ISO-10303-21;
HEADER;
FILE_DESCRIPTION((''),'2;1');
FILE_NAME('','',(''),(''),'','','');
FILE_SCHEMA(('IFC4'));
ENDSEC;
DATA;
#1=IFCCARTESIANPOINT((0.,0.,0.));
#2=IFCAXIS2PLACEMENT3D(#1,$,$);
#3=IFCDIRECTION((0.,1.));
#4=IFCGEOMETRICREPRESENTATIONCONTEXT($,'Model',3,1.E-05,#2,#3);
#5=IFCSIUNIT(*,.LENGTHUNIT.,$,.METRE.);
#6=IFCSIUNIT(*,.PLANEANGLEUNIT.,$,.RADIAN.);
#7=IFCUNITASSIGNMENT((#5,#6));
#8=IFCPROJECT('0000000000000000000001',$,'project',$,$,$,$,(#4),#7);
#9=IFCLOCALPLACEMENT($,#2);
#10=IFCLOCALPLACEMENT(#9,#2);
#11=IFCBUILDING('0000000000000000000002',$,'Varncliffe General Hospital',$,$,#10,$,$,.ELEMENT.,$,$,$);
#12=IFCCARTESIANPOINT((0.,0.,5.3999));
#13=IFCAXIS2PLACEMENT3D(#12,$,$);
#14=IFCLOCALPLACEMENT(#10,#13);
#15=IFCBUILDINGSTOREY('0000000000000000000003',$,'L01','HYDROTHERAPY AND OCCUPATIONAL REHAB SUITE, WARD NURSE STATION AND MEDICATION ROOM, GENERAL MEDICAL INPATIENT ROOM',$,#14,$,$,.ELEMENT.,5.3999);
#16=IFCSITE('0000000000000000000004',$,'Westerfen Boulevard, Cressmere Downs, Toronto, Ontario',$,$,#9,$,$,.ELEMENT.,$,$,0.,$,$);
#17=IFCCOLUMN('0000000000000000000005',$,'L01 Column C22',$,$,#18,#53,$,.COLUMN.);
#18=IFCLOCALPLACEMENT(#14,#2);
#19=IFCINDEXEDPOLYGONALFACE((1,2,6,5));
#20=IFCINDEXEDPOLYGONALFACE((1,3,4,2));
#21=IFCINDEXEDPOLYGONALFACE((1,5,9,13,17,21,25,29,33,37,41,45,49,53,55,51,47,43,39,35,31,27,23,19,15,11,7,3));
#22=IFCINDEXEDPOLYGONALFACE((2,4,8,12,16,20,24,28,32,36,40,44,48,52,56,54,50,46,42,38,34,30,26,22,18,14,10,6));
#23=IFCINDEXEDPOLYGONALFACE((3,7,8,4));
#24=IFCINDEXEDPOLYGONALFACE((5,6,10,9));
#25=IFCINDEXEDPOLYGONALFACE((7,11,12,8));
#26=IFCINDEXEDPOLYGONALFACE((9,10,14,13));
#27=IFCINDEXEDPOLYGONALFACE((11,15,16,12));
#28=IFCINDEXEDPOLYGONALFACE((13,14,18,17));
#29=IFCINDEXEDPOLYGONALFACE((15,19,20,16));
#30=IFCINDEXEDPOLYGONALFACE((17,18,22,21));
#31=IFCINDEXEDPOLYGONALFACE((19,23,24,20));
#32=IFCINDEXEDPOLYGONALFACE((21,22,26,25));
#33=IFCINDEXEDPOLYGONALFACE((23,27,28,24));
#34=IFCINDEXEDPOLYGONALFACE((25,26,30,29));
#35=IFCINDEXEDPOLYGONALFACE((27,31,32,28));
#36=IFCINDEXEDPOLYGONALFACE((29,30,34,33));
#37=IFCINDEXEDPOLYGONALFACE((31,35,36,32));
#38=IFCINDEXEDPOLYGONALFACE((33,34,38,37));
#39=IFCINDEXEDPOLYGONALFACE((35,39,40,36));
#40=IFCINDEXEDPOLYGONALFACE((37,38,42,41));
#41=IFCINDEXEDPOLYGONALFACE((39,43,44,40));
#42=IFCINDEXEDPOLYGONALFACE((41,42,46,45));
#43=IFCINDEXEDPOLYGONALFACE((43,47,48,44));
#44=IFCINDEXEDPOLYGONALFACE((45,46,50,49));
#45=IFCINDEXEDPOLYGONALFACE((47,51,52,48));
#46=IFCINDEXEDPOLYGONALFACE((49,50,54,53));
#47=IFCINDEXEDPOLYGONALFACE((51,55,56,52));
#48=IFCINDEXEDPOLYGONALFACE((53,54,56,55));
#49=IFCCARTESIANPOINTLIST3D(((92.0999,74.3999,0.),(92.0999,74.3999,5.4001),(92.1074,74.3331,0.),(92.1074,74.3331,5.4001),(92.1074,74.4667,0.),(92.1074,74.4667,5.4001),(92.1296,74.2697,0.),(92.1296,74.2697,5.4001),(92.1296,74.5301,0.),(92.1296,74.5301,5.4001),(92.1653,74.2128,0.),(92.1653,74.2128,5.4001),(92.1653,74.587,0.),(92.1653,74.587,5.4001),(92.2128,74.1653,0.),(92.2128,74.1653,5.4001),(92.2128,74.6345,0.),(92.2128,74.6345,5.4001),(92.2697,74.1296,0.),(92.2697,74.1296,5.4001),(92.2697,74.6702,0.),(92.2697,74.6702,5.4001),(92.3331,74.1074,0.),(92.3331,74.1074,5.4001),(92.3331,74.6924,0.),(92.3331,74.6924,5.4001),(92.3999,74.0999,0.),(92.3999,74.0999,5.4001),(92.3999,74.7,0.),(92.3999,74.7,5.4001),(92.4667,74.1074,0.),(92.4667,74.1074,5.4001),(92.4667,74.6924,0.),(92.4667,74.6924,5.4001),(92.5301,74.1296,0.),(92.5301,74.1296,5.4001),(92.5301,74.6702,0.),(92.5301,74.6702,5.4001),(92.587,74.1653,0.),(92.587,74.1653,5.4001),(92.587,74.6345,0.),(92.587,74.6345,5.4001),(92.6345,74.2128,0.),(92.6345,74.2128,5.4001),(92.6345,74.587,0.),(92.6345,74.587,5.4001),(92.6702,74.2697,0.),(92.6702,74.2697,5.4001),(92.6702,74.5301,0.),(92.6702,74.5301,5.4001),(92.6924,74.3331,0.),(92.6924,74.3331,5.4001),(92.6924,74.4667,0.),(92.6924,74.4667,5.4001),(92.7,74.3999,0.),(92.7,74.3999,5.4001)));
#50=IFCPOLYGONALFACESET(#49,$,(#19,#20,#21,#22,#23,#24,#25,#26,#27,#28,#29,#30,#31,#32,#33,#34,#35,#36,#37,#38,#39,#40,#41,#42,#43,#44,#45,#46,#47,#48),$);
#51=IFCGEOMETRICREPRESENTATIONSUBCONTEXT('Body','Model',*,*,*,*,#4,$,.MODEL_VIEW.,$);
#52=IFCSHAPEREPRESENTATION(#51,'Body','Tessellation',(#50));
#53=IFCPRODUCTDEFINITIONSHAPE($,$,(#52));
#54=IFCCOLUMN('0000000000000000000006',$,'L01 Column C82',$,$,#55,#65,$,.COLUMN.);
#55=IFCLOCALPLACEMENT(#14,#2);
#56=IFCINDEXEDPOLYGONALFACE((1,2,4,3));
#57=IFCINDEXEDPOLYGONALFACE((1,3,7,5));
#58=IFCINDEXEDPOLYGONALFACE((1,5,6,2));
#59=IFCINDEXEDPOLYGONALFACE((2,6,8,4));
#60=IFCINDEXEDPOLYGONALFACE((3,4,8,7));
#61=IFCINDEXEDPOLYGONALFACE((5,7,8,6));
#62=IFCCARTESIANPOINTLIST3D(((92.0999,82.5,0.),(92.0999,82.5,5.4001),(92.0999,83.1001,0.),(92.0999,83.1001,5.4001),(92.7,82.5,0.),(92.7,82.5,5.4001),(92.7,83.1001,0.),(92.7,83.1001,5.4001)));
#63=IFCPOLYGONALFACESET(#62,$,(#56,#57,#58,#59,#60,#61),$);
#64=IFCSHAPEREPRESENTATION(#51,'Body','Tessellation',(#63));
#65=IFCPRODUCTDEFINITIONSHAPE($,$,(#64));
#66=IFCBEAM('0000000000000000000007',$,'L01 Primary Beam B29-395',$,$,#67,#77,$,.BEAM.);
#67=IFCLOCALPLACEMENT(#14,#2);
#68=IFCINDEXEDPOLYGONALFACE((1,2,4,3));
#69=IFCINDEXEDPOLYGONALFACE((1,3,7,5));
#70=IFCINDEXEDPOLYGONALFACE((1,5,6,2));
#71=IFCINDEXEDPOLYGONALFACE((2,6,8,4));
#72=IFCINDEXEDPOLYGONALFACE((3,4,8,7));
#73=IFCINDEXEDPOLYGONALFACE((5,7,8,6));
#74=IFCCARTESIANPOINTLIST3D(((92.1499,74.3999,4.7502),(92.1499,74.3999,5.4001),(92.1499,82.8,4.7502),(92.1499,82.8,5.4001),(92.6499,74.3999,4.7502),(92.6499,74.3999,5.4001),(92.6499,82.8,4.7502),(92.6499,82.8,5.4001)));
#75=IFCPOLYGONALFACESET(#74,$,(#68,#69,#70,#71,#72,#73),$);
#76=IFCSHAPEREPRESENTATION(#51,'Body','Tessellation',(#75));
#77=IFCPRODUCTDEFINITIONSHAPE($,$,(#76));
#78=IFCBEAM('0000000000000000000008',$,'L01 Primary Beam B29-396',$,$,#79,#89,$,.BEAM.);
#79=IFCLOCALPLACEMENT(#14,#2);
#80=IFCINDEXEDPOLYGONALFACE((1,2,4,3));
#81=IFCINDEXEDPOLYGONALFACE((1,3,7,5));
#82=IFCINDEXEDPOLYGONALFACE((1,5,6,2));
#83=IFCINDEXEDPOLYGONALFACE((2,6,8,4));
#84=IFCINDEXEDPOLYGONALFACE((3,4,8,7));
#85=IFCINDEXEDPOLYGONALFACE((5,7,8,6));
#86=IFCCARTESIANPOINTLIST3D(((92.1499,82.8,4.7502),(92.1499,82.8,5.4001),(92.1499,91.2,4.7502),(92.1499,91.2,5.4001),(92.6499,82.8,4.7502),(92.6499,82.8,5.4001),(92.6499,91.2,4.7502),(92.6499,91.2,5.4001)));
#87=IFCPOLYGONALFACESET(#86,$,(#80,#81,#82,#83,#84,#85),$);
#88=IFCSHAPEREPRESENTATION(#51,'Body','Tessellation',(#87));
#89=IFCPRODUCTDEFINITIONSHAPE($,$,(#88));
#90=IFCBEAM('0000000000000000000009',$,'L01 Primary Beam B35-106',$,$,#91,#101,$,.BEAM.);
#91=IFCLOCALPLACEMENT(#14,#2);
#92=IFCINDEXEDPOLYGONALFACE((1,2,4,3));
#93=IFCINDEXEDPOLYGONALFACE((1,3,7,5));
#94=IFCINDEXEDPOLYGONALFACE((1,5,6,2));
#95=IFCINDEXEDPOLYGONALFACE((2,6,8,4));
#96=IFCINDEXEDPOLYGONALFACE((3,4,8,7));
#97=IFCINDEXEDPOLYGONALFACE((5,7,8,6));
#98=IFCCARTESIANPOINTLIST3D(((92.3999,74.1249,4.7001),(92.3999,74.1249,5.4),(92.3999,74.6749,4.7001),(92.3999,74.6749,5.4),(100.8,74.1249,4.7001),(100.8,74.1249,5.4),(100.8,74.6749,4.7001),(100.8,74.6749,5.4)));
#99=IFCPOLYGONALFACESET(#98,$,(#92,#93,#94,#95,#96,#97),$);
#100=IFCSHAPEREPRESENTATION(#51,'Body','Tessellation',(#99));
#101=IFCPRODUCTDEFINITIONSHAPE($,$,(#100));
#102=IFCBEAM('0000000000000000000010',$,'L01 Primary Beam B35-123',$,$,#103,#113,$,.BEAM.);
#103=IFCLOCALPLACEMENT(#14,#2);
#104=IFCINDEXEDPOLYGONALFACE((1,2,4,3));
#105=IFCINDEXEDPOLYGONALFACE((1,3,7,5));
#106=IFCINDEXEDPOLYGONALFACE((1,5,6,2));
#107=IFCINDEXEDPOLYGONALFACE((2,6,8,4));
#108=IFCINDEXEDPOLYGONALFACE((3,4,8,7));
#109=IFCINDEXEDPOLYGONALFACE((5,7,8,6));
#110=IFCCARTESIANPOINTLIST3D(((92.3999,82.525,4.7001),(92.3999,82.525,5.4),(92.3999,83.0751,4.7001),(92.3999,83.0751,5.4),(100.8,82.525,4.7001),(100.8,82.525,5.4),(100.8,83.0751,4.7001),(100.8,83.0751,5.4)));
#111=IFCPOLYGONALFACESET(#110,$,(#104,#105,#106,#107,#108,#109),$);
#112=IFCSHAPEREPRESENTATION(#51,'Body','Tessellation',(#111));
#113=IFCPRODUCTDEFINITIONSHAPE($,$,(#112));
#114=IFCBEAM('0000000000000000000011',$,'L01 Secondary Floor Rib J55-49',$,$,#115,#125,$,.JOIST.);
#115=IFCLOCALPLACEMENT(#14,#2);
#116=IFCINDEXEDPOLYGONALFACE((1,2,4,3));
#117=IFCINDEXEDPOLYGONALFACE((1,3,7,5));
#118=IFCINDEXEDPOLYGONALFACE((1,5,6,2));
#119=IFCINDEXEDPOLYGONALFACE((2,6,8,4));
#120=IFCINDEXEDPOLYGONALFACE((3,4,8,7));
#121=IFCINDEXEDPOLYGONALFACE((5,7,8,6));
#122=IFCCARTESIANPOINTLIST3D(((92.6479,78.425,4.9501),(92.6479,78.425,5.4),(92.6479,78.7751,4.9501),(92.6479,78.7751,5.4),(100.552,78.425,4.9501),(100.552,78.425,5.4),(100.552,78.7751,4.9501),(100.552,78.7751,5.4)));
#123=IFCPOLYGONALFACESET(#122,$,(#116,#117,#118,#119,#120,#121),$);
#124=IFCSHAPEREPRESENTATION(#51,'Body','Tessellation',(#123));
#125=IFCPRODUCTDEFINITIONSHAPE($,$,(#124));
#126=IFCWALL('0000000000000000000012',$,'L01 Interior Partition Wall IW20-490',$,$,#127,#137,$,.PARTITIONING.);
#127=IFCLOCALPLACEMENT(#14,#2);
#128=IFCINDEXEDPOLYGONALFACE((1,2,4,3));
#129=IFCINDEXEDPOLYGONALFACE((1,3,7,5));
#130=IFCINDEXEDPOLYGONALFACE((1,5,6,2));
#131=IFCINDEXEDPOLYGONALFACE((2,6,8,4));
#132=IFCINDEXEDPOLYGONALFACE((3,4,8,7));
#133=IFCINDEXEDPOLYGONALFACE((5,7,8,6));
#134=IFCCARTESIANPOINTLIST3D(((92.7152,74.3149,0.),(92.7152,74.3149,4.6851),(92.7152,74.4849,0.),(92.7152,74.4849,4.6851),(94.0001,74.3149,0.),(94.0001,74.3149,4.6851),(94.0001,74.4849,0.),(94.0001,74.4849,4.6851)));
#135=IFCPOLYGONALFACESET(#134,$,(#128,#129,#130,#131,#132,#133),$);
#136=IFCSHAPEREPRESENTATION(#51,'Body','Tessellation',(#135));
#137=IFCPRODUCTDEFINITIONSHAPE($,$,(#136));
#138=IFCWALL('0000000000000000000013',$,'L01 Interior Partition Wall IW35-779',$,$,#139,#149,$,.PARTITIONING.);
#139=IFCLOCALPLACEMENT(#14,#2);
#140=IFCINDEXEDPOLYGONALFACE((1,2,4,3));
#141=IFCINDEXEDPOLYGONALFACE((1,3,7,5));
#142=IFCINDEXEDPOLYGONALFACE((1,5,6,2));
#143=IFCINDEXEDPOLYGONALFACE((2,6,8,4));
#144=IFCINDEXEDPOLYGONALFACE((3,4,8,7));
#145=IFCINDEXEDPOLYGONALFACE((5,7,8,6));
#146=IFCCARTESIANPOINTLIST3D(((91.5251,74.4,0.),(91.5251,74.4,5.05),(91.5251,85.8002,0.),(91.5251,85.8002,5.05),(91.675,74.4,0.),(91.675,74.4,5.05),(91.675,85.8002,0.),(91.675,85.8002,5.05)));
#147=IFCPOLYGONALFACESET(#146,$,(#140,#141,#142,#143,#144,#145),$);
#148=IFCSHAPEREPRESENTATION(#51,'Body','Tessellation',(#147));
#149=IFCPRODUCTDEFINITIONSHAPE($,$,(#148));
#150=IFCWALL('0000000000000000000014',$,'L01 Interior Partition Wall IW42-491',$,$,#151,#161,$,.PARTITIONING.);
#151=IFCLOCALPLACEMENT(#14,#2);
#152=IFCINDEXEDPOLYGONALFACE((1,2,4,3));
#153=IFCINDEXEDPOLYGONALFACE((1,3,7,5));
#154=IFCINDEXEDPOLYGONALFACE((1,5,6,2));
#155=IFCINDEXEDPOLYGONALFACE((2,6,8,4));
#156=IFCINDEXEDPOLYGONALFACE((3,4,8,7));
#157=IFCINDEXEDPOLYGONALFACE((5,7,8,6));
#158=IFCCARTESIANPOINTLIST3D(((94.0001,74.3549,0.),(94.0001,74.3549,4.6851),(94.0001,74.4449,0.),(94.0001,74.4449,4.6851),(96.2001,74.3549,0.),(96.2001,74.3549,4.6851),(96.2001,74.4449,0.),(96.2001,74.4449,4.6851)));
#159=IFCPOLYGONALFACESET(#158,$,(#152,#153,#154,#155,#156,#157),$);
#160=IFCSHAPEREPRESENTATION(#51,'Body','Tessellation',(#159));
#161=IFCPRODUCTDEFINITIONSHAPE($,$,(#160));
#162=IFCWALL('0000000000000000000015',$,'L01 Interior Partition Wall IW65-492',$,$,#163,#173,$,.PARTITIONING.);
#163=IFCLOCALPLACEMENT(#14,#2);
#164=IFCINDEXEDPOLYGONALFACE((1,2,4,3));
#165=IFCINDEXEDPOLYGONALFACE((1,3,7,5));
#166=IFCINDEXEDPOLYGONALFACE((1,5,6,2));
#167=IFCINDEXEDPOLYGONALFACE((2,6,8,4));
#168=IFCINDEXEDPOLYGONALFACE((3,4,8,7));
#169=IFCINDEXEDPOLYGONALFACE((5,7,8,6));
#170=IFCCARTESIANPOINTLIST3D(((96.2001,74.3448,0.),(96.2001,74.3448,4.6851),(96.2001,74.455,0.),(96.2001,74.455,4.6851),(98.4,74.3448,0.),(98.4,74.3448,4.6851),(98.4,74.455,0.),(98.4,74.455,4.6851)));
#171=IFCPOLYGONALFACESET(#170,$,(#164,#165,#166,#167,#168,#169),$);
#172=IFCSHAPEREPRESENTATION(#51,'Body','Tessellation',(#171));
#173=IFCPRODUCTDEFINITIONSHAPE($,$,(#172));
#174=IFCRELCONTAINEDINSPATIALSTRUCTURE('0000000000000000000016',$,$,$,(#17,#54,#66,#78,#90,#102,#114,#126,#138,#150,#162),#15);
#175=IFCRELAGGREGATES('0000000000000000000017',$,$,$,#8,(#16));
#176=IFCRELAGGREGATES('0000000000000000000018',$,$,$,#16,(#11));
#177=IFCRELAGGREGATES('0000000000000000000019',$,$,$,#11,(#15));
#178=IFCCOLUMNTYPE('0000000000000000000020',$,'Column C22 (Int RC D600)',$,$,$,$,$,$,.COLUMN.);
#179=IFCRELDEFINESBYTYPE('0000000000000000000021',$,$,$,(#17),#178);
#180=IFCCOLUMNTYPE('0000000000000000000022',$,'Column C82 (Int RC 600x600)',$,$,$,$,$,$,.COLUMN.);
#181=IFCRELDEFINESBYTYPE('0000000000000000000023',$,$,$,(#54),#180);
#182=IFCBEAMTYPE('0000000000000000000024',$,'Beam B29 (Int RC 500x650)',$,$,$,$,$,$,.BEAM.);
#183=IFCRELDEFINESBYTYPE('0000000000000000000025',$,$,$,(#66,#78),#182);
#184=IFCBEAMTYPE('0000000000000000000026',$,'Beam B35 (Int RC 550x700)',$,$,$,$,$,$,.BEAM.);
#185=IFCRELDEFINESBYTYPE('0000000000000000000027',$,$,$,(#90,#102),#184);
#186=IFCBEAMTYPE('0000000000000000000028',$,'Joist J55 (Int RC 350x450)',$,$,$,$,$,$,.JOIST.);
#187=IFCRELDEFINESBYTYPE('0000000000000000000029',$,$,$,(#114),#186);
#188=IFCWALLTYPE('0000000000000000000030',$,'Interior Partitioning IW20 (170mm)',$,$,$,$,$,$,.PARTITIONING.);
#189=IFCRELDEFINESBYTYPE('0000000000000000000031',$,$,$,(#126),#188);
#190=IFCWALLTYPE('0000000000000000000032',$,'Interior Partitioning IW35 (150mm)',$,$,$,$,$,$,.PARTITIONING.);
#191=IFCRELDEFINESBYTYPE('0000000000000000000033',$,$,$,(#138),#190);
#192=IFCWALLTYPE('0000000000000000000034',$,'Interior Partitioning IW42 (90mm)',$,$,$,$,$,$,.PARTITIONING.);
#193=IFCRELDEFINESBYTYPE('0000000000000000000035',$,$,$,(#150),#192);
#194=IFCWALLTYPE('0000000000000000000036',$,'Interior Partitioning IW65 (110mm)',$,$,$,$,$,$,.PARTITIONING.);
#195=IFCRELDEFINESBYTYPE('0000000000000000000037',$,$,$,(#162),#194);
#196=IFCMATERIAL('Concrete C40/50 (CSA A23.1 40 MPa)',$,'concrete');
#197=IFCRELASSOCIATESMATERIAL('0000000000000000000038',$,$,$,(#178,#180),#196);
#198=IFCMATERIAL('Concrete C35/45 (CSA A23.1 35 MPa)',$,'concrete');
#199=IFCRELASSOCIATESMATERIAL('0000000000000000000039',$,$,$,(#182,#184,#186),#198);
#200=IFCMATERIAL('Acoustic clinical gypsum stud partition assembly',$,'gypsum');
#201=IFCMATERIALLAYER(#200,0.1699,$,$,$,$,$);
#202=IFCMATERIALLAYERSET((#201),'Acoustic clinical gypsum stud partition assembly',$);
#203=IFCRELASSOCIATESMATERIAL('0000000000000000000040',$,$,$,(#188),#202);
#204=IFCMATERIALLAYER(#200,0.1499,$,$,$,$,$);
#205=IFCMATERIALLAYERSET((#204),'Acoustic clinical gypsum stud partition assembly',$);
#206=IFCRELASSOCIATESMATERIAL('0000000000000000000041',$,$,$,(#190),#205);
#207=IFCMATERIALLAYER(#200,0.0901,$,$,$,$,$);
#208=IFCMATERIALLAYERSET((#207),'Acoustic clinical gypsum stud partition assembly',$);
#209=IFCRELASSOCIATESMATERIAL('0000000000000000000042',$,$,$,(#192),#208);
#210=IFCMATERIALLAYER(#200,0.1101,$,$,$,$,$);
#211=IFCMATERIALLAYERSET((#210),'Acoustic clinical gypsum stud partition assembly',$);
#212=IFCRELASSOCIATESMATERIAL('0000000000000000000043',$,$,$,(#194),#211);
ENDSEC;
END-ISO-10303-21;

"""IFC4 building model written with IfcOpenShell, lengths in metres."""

from ifc_helpers import new_model, si_unit, direction, frame, frame_2d, origin, origin_2d, place, context, subcontext, project, spatial, rectangle, circle, extrude, material, layer, layer_set, material_profile, profile_set, type_object, element, save


model = new_model("IFC4")

# Units and contexts
model_context = context("Model", 3, precision=1e-05, world=origin(), true_north=direction((0.0, 1.0)))
body_context = subcontext(model_context, "Body", "Model", "MODEL_VIEW")
ifc_project = project(units=[si_unit("LENGTHUNIT", "METRE"), si_unit("PLANEANGLEUNIT", "RADIAN")], contexts=[model_context])

# Site, building, storey
site_placement = place(None, origin())
site = spatial("IfcSite", under=ifc_project, at=site_placement, Name="Westerfen Boulevard, Cressmere Downs, Toronto, Ontario", CompositionType="ELEMENT", RefElevation=0.0)
building_placement = place(site_placement, origin())
building = spatial("IfcBuilding", under=site, at=building_placement, Name="Varncliffe General Hospital", CompositionType="ELEMENT")
storey_placement = place(building_placement, frame((0.0, 0.0, 5.3999)))
storey = spatial("IfcBuildingStorey", under=building, at=storey_placement, Name="L01", Description="HYDROTHERAPY AND OCCUPATIONAL REHAB SUITE, WARD NURSE STATION AND MEDICATION ROOM, GENERAL MEDICAL INPATIENT ROOM", CompositionType="ELEMENT", Elevation=5.3999)

# Columns
ifc_material_1 = material(Name="Concrete C40/50 (CSA A23.1 40 MPa)", Category="concrete")
ifc_material_profile_1 = material_profile(ifc_material_1, circle(Radius=0.3, at=origin_2d()), Name="RC D600")
ifc_profile_set_1 = profile_set([ifc_material_profile_1], Name="Concrete C40/50 (CSA A23.1 40 MPa)")
column_type_1 = type_object("IfcColumnType", Name="Column C22 (Int RC D600)", PredefinedType="COLUMN", material=ifc_profile_set_1)
column_1_placement = place(storey_placement, frame((92.3999, 74.3999, 0.0), z_axis=(0.0, 0.0, 1.0), x_axis=(1.0, 0.0, 0.0)))
element("IfcColumn", 1, at=column_1_placement, inside=storey, type_object=column_type_1, Name="L01 Column C22", PredefinedType="COLUMN", context=body_context, shape_type="SweptSolid", body=[
    extrude(circle(Radius=0.3, at=origin_2d()), origin(), (0.0, 0.0, 1.0), 5.4001),
])
ifc_material_profile_2 = material_profile(ifc_material_1, rectangle(XDim=0.6001, YDim=0.6001, at=origin_2d()), Name="RC 600x600")
ifc_profile_set_2 = profile_set([ifc_material_profile_2], Name="Concrete C40/50 (CSA A23.1 40 MPa)")
column_type_2 = type_object("IfcColumnType", Name="Column C82 (Int RC 600x600)", PredefinedType="COLUMN", material=ifc_profile_set_2)
column_2_placement = place(storey_placement, frame((92.3999, 82.8, 0.0), z_axis=(0.0, 0.0, 1.0), x_axis=(1.0, 0.0, 0.0)))
element("IfcColumn", 2, at=column_2_placement, inside=storey, type_object=column_type_2, Name="L01 Column C82", PredefinedType="COLUMN", context=body_context, shape_type="SweptSolid", body=[
    extrude(rectangle(XDim=0.6001, YDim=0.6001, at=origin_2d()), origin(), (0.0, 0.0, 1.0), 5.4001),
])

# Beams
ifc_material_2 = material(Name="Concrete C35/45 (CSA A23.1 35 MPa)", Category="concrete")
ifc_material_profile_3 = material_profile(ifc_material_2, rectangle(XDim=0.5, YDim=0.6499, at=origin_2d()), Name="RC 500x650")
ifc_profile_set_3 = profile_set([ifc_material_profile_3], Name="Concrete C35/45 (CSA A23.1 35 MPa)")
beam_type_1 = type_object("IfcBeamType", Name="Beam B29 (Int RC 500x650)", PredefinedType="BEAM", material=ifc_profile_set_3)
beam_1_placement = place(storey_placement, frame((92.3999, 74.3999, 5.0752), z_axis=(0.0, 1.0, 0.0), x_axis=(-1.0, 0.0, 0.0)))
element("IfcBeam", 3, at=beam_1_placement, inside=storey, type_object=beam_type_1, Name="L01 Primary Beam B29-395", PredefinedType="BEAM", context=body_context, shape_type="SweptSolid", body=[
    extrude(rectangle(XDim=0.5, YDim=0.6499, at=origin_2d()), origin(), (0.0, 0.0, 1.0), 8.4001),
])
beam_2_placement = place(storey_placement, frame((92.3999, 82.8, 5.0752), z_axis=(0.0, 1.0, 0.0), x_axis=(-1.0, 0.0, 0.0)))
element("IfcBeam", 4, at=beam_2_placement, inside=storey, type_object=beam_type_1, Name="L01 Primary Beam B29-396", PredefinedType="BEAM", context=body_context, shape_type="SweptSolid", body=[
    extrude(rectangle(XDim=0.5, YDim=0.6499, at=origin_2d()), origin(), (0.0, 0.0, 1.0), 8.3999),
])
ifc_material_profile_4 = material_profile(ifc_material_2, rectangle(XDim=0.55, YDim=0.7, at=origin_2d()), Name="RC 550x700")
ifc_profile_set_4 = profile_set([ifc_material_profile_4], Name="Concrete C35/45 (CSA A23.1 35 MPa)")
beam_type_2 = type_object("IfcBeamType", Name="Beam B35 (Int RC 550x700)", PredefinedType="BEAM", material=ifc_profile_set_4)
for number, where, z_axis, x_axis, name in (
    (5, (92.3999, 74.3999, 5.05), (1.0, 0.0, 0.0), (0.0, 1.0, 0.0), "L01 Primary Beam B35-106"),
    (6, (92.3999, 82.8, 5.05), (1.0, 0.0, 0.0), (0.0, 1.0, 0.0), "L01 Primary Beam B35-123"),
):
    element("IfcBeam", number, at=place(storey_placement, frame(where, z_axis=z_axis, x_axis=x_axis)), inside=storey, type_object=beam_type_2, Name=name, PredefinedType="BEAM", context=body_context, shape_type="SweptSolid", body=[
        extrude(rectangle(XDim=0.55, YDim=0.7, at=origin_2d()), origin(), (0.0, 0.0, 1.0), 8.4001),
    ])
ifc_material_profile_5 = material_profile(ifc_material_2, rectangle(XDim=0.3501, YDim=0.45, at=origin_2d()), Name="RC 350x450")
ifc_profile_set_5 = profile_set([ifc_material_profile_5], Name="Concrete C35/45 (CSA A23.1 35 MPa)")
beam_type_3 = type_object("IfcBeamType", Name="Joist J55 (Int RC 350x450)", PredefinedType="JOIST", material=ifc_profile_set_5)
beam_3_placement = place(storey_placement, frame((92.6479, 78.6001, 5.175), z_axis=(1.0, 0.0, 0.0), x_axis=(0.0, 1.0, 0.0)))
element("IfcBeam", 7, at=beam_3_placement, inside=storey, type_object=beam_type_3, Name="L01 Secondary Floor Rib J55-49", PredefinedType="JOIST", context=body_context, shape_type="SweptSolid", body=[
    extrude(rectangle(XDim=0.3501, YDim=0.45, at=origin_2d()), origin(), (0.0, 0.0, 1.0), 7.9041),
])

# Walls
ifc_material_3 = material(Name="Acoustic clinical gypsum stud partition assembly", Category="gypsum")
ifc_layer_1 = layer(ifc_material_3, 0.1699)
ifc_layer_set_1 = layer_set([ifc_layer_1], Name="Acoustic clinical gypsum stud partition assembly")
wall_type_1 = type_object("IfcWallType", Name="Interior Partitioning IW20 (170mm)", PredefinedType="PARTITIONING", material=ifc_layer_set_1)
wall_1_placement = place(storey_placement, frame((92.7151, 74.3999, 0.0), z_axis=(0.0, 0.0, 1.0), x_axis=(1.0, 0.0, 0.0)))
element("IfcWall", 8, at=wall_1_placement, inside=storey, type_object=wall_type_1, Name="L01 Interior Partition Wall IW20-490", PredefinedType="PARTITIONING", context=body_context, shape_type="SweptSolid", body=[
    extrude(rectangle(XDim=1.2849, YDim=0.1699, at=frame_2d((0.6426, 0.0))), origin(), (0.0, 0.0, 1.0), 4.6851),
])
ifc_layer_2 = layer(ifc_material_3, 0.1499)
ifc_layer_set_2 = layer_set([ifc_layer_2], Name="Acoustic clinical gypsum stud partition assembly")
wall_type_2 = type_object("IfcWallType", Name="Interior Partitioning IW35 (150mm)", PredefinedType="PARTITIONING", material=ifc_layer_set_2)
wall_2_placement = place(storey_placement, frame((91.6001, 74.3999, 0.0), z_axis=(0.0, 0.0, 1.0), x_axis=(0.0, 1.0, 0.0)))
element("IfcWall", 9, at=wall_2_placement, inside=storey, type_object=wall_type_2, Name="L01 Interior Partition Wall IW35-779", PredefinedType="PARTITIONING", context=body_context, shape_type="SweptSolid", body=[
    extrude(rectangle(XDim=11.4001, YDim=0.1499, at=frame_2d((5.7002, 0.0))), origin(), (0.0, 0.0, 1.0), 5.05),
])
ifc_layer_3 = layer(ifc_material_3, 0.0901)
ifc_layer_set_3 = layer_set([ifc_layer_3], Name="Acoustic clinical gypsum stud partition assembly")
wall_type_3 = type_object("IfcWallType", Name="Interior Partitioning IW42 (90mm)", PredefinedType="PARTITIONING", material=ifc_layer_set_3)
wall_3_placement = place(storey_placement, frame((94.0, 74.3999, 0.0), z_axis=(0.0, 0.0, 1.0), x_axis=(1.0, 0.0, 0.0)))
element("IfcWall", 10, at=wall_3_placement, inside=storey, type_object=wall_type_3, Name="L01 Interior Partition Wall IW42-491", PredefinedType="PARTITIONING", context=body_context, shape_type="SweptSolid", body=[
    extrude(rectangle(XDim=2.2, YDim=0.0901, at=frame_2d((1.1001, 0.0))), origin(), (0.0, 0.0, 1.0), 4.6851),
])
ifc_layer_4 = layer(ifc_material_3, 0.1101)
ifc_layer_set_4 = layer_set([ifc_layer_4], Name="Acoustic clinical gypsum stud partition assembly")
wall_type_4 = type_object("IfcWallType", Name="Interior Partitioning IW65 (110mm)", PredefinedType="PARTITIONING", material=ifc_layer_set_4)
wall_4_placement = place(storey_placement, frame((96.2, 74.3999, 0.0), z_axis=(0.0, 0.0, 1.0), x_axis=(1.0, 0.0, 0.0)))
element("IfcWall", 11, at=wall_4_placement, inside=storey, type_object=wall_type_4, Name="L01 Interior Partition Wall IW65-492", PredefinedType="PARTITIONING", context=body_context, shape_type="SweptSolid", body=[
    extrude(rectangle(XDim=2.2, YDim=0.1101, at=frame_2d((1.1001, 0.0))), origin(), (0.0, 0.0, 1.0), 4.6851),
])

save(model, "model.ifc")
